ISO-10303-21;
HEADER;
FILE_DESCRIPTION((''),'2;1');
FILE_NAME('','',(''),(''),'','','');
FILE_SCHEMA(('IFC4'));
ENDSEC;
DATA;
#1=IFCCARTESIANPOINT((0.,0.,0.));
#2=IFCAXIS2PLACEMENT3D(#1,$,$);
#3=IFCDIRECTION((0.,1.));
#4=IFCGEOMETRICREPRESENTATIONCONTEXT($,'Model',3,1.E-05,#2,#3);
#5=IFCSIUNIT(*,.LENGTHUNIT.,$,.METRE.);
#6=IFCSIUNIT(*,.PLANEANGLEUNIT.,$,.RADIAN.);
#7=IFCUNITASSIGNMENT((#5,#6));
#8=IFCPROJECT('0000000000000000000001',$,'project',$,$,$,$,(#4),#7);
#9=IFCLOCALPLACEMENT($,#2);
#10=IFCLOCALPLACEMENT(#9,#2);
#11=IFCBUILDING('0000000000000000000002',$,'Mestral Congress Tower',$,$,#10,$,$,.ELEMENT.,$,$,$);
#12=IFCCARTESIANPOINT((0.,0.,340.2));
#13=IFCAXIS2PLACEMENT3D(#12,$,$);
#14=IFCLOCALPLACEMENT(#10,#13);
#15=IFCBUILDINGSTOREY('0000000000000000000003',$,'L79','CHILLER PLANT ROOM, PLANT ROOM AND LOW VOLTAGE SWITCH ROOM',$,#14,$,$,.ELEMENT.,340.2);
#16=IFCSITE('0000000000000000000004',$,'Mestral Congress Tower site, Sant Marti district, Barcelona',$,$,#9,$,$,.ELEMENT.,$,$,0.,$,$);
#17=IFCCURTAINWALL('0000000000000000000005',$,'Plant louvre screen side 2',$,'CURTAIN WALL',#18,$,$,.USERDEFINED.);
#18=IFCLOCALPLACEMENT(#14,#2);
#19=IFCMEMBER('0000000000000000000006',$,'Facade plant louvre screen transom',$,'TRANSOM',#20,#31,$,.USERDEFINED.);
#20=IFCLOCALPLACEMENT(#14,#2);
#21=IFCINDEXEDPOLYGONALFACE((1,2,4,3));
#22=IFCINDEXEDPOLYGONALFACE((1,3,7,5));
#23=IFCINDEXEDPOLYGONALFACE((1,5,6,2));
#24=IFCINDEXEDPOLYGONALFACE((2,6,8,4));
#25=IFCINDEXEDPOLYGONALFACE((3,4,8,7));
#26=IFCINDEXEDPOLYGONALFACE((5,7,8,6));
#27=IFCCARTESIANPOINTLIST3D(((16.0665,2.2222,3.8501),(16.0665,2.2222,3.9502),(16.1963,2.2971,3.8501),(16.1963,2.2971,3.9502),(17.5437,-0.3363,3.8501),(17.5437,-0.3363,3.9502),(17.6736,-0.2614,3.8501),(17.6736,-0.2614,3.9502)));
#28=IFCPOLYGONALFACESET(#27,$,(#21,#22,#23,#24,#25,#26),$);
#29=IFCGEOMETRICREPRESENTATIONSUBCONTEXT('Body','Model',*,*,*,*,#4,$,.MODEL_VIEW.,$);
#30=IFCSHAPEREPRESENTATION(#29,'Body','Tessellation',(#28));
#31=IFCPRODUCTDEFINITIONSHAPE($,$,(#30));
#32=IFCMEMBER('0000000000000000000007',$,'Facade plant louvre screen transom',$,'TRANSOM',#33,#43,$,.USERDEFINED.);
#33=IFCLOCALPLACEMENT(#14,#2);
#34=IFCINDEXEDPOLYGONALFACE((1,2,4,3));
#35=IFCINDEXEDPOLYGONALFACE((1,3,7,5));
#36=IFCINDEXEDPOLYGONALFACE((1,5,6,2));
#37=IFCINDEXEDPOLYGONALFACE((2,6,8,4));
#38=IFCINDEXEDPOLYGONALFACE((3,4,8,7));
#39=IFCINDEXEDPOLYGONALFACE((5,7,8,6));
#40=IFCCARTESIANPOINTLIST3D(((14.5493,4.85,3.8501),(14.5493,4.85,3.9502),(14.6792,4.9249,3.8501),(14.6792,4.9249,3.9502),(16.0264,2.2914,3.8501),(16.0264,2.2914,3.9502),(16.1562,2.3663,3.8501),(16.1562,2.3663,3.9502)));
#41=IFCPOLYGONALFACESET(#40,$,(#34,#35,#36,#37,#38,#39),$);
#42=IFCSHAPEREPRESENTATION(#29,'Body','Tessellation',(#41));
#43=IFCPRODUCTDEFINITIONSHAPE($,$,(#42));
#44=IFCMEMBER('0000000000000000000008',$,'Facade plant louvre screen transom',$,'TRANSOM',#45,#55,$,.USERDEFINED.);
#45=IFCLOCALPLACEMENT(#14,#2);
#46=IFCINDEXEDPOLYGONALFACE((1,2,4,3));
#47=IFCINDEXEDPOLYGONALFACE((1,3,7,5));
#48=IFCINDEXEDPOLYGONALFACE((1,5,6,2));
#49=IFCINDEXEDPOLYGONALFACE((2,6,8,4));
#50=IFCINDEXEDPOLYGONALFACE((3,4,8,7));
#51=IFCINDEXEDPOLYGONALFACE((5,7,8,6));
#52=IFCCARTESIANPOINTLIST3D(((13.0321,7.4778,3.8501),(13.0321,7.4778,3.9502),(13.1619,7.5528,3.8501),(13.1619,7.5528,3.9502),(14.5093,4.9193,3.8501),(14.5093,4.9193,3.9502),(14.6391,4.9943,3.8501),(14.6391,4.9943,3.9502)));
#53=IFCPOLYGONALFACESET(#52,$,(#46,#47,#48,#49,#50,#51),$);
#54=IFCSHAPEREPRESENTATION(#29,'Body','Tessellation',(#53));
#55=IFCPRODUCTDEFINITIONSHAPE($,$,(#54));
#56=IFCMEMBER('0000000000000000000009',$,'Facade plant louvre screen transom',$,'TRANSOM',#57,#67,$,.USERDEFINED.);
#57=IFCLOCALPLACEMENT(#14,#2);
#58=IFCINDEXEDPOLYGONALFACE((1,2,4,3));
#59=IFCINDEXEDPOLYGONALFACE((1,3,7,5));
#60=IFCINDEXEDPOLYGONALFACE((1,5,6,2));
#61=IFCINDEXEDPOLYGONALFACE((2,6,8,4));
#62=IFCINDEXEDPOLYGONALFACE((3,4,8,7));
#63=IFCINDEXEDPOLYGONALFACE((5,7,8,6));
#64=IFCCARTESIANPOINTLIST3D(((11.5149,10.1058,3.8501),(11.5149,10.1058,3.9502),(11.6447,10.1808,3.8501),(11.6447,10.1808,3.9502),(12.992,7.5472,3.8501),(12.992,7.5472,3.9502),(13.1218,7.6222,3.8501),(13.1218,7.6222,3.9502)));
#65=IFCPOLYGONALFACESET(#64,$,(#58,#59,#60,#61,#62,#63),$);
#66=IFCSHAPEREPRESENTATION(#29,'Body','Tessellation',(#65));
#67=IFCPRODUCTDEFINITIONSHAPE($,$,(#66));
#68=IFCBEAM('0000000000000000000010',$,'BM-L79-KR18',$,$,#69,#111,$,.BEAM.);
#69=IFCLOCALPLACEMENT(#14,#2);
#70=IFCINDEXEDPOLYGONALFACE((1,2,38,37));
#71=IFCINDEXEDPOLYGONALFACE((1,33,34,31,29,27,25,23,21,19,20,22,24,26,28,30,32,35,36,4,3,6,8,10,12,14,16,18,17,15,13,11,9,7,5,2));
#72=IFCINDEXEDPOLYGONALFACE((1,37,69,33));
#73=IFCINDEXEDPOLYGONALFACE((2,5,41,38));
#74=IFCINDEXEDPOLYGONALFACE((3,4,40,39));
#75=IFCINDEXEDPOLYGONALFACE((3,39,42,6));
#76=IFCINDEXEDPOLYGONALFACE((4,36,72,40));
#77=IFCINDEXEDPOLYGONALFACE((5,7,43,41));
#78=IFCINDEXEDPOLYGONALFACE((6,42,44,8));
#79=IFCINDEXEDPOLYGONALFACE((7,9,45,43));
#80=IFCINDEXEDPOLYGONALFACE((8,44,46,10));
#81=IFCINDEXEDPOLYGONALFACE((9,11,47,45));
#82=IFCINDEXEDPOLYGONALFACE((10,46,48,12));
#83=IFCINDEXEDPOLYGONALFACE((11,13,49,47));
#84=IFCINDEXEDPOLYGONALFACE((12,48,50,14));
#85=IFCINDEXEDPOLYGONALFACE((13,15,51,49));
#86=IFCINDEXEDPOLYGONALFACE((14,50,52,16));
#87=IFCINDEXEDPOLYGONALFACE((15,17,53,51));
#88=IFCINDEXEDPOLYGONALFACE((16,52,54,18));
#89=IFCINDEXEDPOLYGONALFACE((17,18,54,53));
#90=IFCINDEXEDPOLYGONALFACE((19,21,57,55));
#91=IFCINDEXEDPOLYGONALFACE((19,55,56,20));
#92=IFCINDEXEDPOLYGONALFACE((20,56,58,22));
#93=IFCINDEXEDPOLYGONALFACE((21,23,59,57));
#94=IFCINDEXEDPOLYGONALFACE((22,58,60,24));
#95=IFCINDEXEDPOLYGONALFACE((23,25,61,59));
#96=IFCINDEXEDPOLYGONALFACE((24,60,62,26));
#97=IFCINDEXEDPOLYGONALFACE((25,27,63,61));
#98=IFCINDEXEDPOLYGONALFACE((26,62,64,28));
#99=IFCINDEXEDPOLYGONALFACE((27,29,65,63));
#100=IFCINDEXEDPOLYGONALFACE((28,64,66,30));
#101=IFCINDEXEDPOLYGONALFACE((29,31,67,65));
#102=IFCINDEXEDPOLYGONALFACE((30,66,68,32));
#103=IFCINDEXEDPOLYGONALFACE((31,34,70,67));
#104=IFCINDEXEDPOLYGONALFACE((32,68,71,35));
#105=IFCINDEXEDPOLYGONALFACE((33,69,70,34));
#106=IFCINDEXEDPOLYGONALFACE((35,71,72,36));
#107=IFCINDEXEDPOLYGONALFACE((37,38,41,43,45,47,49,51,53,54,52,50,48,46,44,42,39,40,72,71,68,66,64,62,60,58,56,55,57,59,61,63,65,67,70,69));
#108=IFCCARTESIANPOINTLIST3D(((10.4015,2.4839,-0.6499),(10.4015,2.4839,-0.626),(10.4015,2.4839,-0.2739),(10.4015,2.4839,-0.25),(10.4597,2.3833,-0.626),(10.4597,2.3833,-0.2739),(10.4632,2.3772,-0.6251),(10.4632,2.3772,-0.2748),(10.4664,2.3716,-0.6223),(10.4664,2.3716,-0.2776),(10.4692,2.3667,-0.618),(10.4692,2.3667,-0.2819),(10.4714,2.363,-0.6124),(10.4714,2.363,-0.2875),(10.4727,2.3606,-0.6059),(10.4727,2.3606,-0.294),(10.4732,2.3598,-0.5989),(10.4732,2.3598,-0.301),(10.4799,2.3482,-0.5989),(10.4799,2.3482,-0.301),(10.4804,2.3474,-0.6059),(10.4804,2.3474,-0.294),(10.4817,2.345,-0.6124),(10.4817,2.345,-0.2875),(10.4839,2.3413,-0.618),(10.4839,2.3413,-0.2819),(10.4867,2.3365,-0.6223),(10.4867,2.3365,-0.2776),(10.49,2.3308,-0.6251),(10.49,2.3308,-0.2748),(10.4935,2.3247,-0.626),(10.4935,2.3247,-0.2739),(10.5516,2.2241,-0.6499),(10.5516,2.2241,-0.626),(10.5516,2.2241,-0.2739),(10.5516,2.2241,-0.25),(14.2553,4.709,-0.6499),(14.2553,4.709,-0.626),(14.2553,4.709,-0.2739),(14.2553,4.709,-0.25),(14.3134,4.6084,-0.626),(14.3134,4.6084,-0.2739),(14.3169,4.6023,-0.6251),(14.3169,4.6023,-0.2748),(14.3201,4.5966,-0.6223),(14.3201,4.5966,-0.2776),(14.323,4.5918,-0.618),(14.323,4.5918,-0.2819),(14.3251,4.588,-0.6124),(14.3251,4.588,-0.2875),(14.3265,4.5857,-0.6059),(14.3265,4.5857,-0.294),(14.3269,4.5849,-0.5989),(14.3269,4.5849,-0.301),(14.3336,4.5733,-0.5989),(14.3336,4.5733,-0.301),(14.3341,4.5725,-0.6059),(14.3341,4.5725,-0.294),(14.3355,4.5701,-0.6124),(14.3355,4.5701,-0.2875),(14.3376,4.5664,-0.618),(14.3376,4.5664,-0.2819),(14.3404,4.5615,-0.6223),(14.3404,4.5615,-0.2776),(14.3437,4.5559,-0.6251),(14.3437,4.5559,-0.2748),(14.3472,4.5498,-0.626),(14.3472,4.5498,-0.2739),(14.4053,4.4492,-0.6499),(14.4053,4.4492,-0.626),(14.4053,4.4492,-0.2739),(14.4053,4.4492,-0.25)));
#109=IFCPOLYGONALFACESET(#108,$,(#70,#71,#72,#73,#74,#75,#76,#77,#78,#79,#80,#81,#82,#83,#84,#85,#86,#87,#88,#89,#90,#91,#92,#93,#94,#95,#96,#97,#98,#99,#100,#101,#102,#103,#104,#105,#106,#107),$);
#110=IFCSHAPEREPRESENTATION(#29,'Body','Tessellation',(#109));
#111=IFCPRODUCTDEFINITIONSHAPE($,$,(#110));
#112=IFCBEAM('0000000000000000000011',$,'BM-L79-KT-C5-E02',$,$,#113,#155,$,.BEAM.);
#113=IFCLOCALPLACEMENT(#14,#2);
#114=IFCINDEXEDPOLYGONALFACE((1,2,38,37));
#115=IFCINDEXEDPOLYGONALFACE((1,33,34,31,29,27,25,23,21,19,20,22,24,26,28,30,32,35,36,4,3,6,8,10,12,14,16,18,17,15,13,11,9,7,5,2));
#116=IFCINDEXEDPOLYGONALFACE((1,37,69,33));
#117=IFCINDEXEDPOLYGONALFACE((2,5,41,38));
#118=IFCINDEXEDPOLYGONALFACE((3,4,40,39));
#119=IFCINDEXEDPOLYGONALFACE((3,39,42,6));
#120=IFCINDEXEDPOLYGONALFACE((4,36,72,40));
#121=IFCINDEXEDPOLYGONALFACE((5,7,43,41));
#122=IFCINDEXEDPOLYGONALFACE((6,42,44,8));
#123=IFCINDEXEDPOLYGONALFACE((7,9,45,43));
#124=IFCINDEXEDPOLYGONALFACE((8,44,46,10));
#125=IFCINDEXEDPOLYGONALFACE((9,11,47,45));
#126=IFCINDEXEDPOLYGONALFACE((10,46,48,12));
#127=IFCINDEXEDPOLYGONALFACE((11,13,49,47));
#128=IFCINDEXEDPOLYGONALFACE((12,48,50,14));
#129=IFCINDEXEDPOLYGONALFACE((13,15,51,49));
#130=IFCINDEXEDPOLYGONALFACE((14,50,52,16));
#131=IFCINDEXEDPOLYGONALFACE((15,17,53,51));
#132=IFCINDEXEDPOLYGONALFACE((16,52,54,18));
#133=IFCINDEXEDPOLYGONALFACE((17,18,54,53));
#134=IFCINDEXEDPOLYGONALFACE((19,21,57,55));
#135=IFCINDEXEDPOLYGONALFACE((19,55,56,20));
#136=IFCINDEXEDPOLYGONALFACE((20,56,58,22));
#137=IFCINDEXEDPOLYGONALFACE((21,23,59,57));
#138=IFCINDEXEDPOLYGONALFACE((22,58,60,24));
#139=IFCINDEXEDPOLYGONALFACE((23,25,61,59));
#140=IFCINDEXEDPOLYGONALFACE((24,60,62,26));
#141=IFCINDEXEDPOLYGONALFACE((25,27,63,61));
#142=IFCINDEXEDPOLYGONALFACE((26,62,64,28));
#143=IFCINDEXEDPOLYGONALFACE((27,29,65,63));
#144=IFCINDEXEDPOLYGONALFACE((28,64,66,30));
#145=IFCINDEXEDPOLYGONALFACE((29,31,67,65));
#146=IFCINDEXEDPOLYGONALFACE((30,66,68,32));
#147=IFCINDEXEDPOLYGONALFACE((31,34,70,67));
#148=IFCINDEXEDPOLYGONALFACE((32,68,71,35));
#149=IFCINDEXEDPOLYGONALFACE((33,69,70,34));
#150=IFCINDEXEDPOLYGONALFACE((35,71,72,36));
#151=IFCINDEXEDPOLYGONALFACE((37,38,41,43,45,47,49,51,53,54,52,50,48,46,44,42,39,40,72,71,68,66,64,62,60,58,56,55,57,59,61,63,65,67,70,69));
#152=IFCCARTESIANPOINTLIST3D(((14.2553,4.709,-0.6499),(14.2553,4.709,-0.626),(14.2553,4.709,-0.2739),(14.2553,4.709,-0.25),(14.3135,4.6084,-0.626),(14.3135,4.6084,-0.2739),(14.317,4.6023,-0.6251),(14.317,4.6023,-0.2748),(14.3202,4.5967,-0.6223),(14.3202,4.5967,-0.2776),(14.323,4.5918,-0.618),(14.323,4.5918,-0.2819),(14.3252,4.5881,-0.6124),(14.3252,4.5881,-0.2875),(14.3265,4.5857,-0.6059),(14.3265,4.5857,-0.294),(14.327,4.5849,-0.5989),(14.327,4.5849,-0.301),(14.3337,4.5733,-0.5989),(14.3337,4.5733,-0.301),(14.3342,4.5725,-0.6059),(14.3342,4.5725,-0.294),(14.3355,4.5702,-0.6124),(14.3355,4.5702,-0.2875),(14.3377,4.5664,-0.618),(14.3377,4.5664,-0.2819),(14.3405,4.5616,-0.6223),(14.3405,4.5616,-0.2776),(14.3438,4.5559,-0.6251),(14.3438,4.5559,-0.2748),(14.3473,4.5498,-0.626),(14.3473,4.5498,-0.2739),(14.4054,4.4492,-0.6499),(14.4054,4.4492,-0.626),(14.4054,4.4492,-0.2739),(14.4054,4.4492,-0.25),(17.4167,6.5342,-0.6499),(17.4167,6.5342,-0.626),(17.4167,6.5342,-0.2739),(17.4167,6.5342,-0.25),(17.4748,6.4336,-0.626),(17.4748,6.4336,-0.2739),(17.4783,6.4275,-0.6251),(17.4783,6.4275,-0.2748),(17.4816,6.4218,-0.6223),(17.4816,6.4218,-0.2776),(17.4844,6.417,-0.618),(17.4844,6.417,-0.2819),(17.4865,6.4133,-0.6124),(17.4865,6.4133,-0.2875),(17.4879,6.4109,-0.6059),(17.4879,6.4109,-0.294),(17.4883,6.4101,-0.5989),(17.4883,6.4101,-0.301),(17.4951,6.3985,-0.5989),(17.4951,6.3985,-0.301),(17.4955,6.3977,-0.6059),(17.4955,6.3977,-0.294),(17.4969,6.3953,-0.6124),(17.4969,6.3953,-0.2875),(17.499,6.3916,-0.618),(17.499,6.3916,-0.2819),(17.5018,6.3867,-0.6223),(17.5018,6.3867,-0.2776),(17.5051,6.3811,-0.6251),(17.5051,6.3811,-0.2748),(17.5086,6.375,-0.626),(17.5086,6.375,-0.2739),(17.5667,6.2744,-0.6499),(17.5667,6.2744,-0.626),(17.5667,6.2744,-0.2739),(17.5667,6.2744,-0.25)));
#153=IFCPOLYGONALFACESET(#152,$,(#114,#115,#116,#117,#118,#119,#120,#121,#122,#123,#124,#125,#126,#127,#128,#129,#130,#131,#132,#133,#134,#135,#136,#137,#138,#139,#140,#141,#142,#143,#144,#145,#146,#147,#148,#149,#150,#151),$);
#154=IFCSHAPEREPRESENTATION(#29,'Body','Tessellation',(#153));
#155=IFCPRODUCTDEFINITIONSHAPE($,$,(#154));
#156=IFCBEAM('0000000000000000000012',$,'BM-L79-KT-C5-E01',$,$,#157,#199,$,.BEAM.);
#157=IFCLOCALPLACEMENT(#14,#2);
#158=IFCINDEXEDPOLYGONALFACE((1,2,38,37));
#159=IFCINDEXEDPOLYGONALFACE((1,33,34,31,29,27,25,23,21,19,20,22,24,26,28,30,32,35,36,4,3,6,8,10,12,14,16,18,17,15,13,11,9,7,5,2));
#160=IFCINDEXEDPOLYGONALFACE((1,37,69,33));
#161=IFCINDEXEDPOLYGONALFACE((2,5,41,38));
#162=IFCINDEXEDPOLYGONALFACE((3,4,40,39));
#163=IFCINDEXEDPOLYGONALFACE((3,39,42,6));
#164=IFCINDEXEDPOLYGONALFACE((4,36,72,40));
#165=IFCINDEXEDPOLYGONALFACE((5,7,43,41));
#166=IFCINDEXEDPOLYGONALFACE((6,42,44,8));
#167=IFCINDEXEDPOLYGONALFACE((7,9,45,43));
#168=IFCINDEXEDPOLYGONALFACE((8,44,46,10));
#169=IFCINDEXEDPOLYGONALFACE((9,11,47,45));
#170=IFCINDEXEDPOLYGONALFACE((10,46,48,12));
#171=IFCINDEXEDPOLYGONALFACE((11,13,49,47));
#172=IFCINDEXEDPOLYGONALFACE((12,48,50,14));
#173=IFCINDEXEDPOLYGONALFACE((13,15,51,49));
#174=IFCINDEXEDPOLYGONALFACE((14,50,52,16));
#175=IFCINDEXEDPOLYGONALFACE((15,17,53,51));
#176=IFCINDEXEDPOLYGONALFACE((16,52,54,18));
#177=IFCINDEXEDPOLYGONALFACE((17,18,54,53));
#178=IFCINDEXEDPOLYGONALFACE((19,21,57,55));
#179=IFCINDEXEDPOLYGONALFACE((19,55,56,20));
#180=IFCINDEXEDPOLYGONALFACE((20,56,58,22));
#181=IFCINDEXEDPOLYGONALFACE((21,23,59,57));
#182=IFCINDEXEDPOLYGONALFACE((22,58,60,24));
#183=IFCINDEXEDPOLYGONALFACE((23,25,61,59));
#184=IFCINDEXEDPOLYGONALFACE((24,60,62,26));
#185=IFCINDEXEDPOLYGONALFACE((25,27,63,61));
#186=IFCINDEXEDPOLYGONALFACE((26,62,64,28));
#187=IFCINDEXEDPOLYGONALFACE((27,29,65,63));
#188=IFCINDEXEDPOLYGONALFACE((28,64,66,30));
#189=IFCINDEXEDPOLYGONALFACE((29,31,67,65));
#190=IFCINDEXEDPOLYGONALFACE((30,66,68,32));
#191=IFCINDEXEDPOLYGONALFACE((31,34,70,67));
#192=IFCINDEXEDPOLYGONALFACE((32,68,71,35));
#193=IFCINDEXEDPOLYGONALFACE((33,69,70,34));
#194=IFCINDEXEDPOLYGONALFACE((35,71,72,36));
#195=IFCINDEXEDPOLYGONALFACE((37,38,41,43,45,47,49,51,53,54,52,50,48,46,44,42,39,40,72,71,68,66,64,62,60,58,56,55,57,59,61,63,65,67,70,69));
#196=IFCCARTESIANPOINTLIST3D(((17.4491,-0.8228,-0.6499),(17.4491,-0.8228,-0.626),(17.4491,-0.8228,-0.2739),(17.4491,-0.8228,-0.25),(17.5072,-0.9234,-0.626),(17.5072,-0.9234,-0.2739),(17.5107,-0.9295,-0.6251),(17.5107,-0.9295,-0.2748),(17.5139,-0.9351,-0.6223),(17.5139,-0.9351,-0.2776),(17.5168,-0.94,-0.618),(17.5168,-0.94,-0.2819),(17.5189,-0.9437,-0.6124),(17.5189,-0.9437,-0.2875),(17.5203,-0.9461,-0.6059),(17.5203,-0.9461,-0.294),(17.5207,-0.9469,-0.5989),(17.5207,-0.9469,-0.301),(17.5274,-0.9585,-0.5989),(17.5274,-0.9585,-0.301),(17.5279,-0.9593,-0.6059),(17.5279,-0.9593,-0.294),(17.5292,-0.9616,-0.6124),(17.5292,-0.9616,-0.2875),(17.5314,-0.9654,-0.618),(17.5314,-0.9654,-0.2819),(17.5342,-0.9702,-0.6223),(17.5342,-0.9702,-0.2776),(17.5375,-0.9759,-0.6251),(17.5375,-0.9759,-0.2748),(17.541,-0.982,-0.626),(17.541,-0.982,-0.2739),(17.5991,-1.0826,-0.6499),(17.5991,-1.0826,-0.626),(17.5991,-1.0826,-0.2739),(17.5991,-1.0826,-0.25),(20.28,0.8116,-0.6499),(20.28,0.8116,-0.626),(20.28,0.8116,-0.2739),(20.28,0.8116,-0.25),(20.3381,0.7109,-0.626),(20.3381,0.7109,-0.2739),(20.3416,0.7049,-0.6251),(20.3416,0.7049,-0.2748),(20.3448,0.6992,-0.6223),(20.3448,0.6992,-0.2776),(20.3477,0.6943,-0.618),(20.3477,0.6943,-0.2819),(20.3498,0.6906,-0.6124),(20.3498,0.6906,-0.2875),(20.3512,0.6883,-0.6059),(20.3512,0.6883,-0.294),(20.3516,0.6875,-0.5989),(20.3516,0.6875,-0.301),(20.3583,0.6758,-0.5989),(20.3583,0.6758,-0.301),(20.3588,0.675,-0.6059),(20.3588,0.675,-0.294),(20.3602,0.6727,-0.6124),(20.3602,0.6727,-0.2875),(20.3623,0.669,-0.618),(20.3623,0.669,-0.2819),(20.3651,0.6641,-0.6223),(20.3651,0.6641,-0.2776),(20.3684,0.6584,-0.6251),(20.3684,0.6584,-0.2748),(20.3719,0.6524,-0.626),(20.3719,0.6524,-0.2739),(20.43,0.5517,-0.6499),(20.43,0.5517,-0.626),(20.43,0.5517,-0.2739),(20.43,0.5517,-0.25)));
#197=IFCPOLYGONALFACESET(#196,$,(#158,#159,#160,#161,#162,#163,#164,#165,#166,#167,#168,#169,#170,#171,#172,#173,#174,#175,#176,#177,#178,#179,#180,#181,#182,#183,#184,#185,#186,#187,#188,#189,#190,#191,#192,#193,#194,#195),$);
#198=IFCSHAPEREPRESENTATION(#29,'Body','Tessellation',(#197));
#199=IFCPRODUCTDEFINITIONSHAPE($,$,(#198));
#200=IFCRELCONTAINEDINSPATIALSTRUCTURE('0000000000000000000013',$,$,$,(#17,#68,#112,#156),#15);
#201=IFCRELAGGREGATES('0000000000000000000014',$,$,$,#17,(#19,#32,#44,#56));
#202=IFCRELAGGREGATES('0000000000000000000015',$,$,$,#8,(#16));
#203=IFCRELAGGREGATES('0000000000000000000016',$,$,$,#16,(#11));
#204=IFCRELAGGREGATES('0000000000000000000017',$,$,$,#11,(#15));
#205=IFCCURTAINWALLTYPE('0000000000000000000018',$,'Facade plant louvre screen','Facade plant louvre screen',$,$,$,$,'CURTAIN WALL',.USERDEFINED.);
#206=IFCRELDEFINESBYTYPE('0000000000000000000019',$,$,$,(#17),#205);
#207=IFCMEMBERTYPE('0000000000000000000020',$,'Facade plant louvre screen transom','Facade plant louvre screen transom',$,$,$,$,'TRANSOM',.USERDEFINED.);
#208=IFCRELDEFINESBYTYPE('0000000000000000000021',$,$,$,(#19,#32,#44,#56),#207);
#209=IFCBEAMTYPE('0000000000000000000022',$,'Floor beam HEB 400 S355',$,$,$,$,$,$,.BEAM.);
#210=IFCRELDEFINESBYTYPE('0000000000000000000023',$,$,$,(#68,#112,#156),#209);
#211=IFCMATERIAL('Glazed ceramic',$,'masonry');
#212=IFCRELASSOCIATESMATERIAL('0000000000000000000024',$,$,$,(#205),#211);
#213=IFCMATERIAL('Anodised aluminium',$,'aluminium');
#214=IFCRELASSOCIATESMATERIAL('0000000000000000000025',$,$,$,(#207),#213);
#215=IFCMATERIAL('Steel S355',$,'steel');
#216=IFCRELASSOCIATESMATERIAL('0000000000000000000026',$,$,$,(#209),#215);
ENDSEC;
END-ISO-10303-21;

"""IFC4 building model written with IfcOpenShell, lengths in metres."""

from ifc_helpers import new_model, si_unit, direction, frame, origin, origin_2d, place, context, subcontext, project, spatial, rectangle, i_section, extrude, material, material_profile, profile_set, type_object, element, aggregate, save


model = new_model("IFC4")

# Units and contexts
model_context = context("Model", 3, precision=1e-05, world=origin(), true_north=direction((0.0, 1.0)))
body_context = subcontext(model_context, "Body", "Model", "MODEL_VIEW")
ifc_project = project(units=[si_unit("LENGTHUNIT", "METRE"), si_unit("PLANEANGLEUNIT", "RADIAN")], contexts=[model_context])

# Site, building, storey
site_placement = place(None, origin())
site = spatial("IfcSite", under=ifc_project, at=site_placement, Name="Mestral Congress Tower site, Sant Marti district, Barcelona", CompositionType="ELEMENT", RefElevation=0.0)
building_placement = place(site_placement, origin())
building = spatial("IfcBuilding", under=site, at=building_placement, Name="Mestral Congress Tower", CompositionType="ELEMENT")
storey_placement = place(building_placement, frame((0.0, 0.0, 340.2)))
storey = spatial("IfcBuildingStorey", under=building, at=storey_placement, Name="L79", Description="CHILLER PLANT ROOM, PLANT ROOM AND LOW VOLTAGE SWITCH ROOM", CompositionType="ELEMENT", Elevation=340.2)

# Shared definitions
ifc_material_1 = material(Name="Steel S355", Category="steel")

# Curtain wall, members
ifc_material_2 = material(Name="Glazed ceramic", Category="masonry")
curtain_wall_type = type_object("IfcCurtainWallType", Name="Facade plant louvre screen", Description="Facade plant louvre screen", ElementType="CURTAIN WALL", PredefinedType="USERDEFINED", material=ifc_material_2)
curtain_wall_placement = place(storey_placement, origin())
curtain_wall = element("IfcCurtainWall", 1, at=curtain_wall_placement, inside=storey, type_object=curtain_wall_type, Name="Plant louvre screen side 2", ObjectType="CURTAIN WALL", PredefinedType="USERDEFINED")
ifc_material_3 = material(Name="Anodised aluminium", Category="aluminium")
ifc_material_profile_1 = material_profile(ifc_material_3, rectangle(XDim=0.1499, YDim=0.1001, at=origin_2d()), Name="CW6 transom 150 x 100")
ifc_profile_set_1 = profile_set([ifc_material_profile_1], Name="Anodised aluminium")
member_type_1 = type_object("IfcMemberType", Name="Facade plant louvre screen transom", Description="Facade plant louvre screen transom", ElementType="TRANSOM", PredefinedType="USERDEFINED", material=ifc_profile_set_1)
member_1_placement = place(storey_placement, frame((17.6086, -0.2988, 3.9001), z_axis=(-0.500023, 0.866012, 0.0), x_axis=(-0.866012, -0.500023, 0.0)))
member_1 = element("IfcMember", 2, at=member_1_placement, type_object=member_type_1, Name="Facade plant louvre screen transom", ObjectType="TRANSOM", PredefinedType="USERDEFINED", context=body_context, shape_type="SweptSolid", body=[
    extrude(rectangle(XDim=0.1499, YDim=0.1001, at=origin_2d()), origin(), (0.0, 0.0, 1.0), 2.9543),
])
member_2_placement = place(storey_placement, frame((16.0913, 2.3289, 3.9001), z_axis=(-0.499961, 0.866048, 0.0), x_axis=(-0.866048, -0.499961, 0.0)))
member_2 = element("IfcMember", 3, at=member_2_placement, type_object=member_type_1, Name="Facade plant louvre screen transom", ObjectType="TRANSOM", PredefinedType="USERDEFINED", context=body_context, shape_type="SweptSolid", body=[
    extrude(rectangle(XDim=0.1499, YDim=0.1001, at=origin_2d()), origin(), (0.0, 0.0, 1.0), 2.9543),
])
member_3_placement = place(storey_placement, frame((14.5742, 4.9568, 3.9001), z_axis=(-0.500023, 0.866012, 0.0), x_axis=(-0.866012, -0.500023, 0.0)))
member_3 = element("IfcMember", 4, at=member_3_placement, type_object=member_type_1, Name="Facade plant louvre screen transom", ObjectType="TRANSOM", PredefinedType="USERDEFINED", context=body_context, shape_type="SweptSolid", body=[
    extrude(rectangle(XDim=0.1499, YDim=0.1001, at=origin_2d()), origin(), (0.0, 0.0, 1.0), 2.9543),
])
member_4_placement = place(storey_placement, frame((13.0569, 7.5847, 3.9001), z_axis=(-0.499961, 0.866048, 0.0), x_axis=(-0.866048, -0.499961, 0.0)))
member_4 = element("IfcMember", 5, at=member_4_placement, type_object=member_type_1, Name="Facade plant louvre screen transom", ObjectType="TRANSOM", PredefinedType="USERDEFINED", context=body_context, shape_type="SweptSolid", body=[
    extrude(rectangle(XDim=0.1499, YDim=0.1001, at=origin_2d()), origin(), (0.0, 0.0, 1.0), 2.9543),
])

# Beams
ifc_material_profile_2 = material_profile(ifc_material_1, i_section(OverallWidth=0.3, OverallDepth=0.3999, WebThickness=0.0134, FlangeThickness=0.0239, FilletRadius=0.0271, at=origin_2d()), Name="HEB 400")
ifc_profile_set_2 = profile_set([ifc_material_profile_2], Name="Steel S355")
beam_type_1 = type_object("IfcBeamType", Name="Floor beam HEB 400 S355", PredefinedType="BEAM", material=ifc_profile_set_2)
beam_1_placement = place(storey_placement, frame((10.4766, 2.354, -0.45), z_axis=(0.866013, 0.500022, 0.0), x_axis=(-0.500022, 0.866013, 0.0)))
element("IfcBeam", 6, at=beam_1_placement, inside=storey, type_object=beam_type_1, Name="BM-L79-KR18", PredefinedType="BEAM", context=body_context, shape_type="SweptSolid", body=[
    extrude(i_section(OverallWidth=0.3, OverallDepth=0.3999, WebThickness=0.0134, FlangeThickness=0.0239, FilletRadius=0.0271, at=origin_2d()), origin(), (0.0, 0.0, 1.0), 4.45),
])
beam_2_placement = place(storey_placement, frame((17.4917, 6.4043, -0.45), z_axis=(-0.866029, -0.499995, 0.0), x_axis=(0.499995, -0.866029, 0.0)))
element("IfcBeam", 7, at=beam_2_placement, inside=storey, type_object=beam_type_1, Name="BM-L79-KT-C5-E02", PredefinedType="BEAM", context=body_context, shape_type="SweptSolid", body=[
    extrude(i_section(OverallWidth=0.3, OverallDepth=0.3999, WebThickness=0.0134, FlangeThickness=0.0239, FilletRadius=0.0271, at=origin_2d()), origin(), (0.0, 0.0, 1.0), 3.6504),
])
beam_3_placement = place(storey_placement, frame((20.355, 0.6816, -0.45), z_axis=(-0.866038, -0.499979, 0.0), x_axis=(0.499979, -0.866038, 0.0)))
element("IfcBeam", 8, at=beam_3_placement, inside=storey, type_object=beam_type_1, Name="BM-L79-KT-C5-E01", PredefinedType="BEAM", context=body_context, shape_type="SweptSolid", body=[
    extrude(i_section(OverallWidth=0.3, OverallDepth=0.3999, WebThickness=0.0134, FlangeThickness=0.0239, FilletRadius=0.0271, at=origin_2d()), origin(), (0.0, 0.0, 1.0), 3.2688),
])

aggregate(curtain_wall, [member_1, member_2, member_3, member_4])

save(model, "model.ifc")
